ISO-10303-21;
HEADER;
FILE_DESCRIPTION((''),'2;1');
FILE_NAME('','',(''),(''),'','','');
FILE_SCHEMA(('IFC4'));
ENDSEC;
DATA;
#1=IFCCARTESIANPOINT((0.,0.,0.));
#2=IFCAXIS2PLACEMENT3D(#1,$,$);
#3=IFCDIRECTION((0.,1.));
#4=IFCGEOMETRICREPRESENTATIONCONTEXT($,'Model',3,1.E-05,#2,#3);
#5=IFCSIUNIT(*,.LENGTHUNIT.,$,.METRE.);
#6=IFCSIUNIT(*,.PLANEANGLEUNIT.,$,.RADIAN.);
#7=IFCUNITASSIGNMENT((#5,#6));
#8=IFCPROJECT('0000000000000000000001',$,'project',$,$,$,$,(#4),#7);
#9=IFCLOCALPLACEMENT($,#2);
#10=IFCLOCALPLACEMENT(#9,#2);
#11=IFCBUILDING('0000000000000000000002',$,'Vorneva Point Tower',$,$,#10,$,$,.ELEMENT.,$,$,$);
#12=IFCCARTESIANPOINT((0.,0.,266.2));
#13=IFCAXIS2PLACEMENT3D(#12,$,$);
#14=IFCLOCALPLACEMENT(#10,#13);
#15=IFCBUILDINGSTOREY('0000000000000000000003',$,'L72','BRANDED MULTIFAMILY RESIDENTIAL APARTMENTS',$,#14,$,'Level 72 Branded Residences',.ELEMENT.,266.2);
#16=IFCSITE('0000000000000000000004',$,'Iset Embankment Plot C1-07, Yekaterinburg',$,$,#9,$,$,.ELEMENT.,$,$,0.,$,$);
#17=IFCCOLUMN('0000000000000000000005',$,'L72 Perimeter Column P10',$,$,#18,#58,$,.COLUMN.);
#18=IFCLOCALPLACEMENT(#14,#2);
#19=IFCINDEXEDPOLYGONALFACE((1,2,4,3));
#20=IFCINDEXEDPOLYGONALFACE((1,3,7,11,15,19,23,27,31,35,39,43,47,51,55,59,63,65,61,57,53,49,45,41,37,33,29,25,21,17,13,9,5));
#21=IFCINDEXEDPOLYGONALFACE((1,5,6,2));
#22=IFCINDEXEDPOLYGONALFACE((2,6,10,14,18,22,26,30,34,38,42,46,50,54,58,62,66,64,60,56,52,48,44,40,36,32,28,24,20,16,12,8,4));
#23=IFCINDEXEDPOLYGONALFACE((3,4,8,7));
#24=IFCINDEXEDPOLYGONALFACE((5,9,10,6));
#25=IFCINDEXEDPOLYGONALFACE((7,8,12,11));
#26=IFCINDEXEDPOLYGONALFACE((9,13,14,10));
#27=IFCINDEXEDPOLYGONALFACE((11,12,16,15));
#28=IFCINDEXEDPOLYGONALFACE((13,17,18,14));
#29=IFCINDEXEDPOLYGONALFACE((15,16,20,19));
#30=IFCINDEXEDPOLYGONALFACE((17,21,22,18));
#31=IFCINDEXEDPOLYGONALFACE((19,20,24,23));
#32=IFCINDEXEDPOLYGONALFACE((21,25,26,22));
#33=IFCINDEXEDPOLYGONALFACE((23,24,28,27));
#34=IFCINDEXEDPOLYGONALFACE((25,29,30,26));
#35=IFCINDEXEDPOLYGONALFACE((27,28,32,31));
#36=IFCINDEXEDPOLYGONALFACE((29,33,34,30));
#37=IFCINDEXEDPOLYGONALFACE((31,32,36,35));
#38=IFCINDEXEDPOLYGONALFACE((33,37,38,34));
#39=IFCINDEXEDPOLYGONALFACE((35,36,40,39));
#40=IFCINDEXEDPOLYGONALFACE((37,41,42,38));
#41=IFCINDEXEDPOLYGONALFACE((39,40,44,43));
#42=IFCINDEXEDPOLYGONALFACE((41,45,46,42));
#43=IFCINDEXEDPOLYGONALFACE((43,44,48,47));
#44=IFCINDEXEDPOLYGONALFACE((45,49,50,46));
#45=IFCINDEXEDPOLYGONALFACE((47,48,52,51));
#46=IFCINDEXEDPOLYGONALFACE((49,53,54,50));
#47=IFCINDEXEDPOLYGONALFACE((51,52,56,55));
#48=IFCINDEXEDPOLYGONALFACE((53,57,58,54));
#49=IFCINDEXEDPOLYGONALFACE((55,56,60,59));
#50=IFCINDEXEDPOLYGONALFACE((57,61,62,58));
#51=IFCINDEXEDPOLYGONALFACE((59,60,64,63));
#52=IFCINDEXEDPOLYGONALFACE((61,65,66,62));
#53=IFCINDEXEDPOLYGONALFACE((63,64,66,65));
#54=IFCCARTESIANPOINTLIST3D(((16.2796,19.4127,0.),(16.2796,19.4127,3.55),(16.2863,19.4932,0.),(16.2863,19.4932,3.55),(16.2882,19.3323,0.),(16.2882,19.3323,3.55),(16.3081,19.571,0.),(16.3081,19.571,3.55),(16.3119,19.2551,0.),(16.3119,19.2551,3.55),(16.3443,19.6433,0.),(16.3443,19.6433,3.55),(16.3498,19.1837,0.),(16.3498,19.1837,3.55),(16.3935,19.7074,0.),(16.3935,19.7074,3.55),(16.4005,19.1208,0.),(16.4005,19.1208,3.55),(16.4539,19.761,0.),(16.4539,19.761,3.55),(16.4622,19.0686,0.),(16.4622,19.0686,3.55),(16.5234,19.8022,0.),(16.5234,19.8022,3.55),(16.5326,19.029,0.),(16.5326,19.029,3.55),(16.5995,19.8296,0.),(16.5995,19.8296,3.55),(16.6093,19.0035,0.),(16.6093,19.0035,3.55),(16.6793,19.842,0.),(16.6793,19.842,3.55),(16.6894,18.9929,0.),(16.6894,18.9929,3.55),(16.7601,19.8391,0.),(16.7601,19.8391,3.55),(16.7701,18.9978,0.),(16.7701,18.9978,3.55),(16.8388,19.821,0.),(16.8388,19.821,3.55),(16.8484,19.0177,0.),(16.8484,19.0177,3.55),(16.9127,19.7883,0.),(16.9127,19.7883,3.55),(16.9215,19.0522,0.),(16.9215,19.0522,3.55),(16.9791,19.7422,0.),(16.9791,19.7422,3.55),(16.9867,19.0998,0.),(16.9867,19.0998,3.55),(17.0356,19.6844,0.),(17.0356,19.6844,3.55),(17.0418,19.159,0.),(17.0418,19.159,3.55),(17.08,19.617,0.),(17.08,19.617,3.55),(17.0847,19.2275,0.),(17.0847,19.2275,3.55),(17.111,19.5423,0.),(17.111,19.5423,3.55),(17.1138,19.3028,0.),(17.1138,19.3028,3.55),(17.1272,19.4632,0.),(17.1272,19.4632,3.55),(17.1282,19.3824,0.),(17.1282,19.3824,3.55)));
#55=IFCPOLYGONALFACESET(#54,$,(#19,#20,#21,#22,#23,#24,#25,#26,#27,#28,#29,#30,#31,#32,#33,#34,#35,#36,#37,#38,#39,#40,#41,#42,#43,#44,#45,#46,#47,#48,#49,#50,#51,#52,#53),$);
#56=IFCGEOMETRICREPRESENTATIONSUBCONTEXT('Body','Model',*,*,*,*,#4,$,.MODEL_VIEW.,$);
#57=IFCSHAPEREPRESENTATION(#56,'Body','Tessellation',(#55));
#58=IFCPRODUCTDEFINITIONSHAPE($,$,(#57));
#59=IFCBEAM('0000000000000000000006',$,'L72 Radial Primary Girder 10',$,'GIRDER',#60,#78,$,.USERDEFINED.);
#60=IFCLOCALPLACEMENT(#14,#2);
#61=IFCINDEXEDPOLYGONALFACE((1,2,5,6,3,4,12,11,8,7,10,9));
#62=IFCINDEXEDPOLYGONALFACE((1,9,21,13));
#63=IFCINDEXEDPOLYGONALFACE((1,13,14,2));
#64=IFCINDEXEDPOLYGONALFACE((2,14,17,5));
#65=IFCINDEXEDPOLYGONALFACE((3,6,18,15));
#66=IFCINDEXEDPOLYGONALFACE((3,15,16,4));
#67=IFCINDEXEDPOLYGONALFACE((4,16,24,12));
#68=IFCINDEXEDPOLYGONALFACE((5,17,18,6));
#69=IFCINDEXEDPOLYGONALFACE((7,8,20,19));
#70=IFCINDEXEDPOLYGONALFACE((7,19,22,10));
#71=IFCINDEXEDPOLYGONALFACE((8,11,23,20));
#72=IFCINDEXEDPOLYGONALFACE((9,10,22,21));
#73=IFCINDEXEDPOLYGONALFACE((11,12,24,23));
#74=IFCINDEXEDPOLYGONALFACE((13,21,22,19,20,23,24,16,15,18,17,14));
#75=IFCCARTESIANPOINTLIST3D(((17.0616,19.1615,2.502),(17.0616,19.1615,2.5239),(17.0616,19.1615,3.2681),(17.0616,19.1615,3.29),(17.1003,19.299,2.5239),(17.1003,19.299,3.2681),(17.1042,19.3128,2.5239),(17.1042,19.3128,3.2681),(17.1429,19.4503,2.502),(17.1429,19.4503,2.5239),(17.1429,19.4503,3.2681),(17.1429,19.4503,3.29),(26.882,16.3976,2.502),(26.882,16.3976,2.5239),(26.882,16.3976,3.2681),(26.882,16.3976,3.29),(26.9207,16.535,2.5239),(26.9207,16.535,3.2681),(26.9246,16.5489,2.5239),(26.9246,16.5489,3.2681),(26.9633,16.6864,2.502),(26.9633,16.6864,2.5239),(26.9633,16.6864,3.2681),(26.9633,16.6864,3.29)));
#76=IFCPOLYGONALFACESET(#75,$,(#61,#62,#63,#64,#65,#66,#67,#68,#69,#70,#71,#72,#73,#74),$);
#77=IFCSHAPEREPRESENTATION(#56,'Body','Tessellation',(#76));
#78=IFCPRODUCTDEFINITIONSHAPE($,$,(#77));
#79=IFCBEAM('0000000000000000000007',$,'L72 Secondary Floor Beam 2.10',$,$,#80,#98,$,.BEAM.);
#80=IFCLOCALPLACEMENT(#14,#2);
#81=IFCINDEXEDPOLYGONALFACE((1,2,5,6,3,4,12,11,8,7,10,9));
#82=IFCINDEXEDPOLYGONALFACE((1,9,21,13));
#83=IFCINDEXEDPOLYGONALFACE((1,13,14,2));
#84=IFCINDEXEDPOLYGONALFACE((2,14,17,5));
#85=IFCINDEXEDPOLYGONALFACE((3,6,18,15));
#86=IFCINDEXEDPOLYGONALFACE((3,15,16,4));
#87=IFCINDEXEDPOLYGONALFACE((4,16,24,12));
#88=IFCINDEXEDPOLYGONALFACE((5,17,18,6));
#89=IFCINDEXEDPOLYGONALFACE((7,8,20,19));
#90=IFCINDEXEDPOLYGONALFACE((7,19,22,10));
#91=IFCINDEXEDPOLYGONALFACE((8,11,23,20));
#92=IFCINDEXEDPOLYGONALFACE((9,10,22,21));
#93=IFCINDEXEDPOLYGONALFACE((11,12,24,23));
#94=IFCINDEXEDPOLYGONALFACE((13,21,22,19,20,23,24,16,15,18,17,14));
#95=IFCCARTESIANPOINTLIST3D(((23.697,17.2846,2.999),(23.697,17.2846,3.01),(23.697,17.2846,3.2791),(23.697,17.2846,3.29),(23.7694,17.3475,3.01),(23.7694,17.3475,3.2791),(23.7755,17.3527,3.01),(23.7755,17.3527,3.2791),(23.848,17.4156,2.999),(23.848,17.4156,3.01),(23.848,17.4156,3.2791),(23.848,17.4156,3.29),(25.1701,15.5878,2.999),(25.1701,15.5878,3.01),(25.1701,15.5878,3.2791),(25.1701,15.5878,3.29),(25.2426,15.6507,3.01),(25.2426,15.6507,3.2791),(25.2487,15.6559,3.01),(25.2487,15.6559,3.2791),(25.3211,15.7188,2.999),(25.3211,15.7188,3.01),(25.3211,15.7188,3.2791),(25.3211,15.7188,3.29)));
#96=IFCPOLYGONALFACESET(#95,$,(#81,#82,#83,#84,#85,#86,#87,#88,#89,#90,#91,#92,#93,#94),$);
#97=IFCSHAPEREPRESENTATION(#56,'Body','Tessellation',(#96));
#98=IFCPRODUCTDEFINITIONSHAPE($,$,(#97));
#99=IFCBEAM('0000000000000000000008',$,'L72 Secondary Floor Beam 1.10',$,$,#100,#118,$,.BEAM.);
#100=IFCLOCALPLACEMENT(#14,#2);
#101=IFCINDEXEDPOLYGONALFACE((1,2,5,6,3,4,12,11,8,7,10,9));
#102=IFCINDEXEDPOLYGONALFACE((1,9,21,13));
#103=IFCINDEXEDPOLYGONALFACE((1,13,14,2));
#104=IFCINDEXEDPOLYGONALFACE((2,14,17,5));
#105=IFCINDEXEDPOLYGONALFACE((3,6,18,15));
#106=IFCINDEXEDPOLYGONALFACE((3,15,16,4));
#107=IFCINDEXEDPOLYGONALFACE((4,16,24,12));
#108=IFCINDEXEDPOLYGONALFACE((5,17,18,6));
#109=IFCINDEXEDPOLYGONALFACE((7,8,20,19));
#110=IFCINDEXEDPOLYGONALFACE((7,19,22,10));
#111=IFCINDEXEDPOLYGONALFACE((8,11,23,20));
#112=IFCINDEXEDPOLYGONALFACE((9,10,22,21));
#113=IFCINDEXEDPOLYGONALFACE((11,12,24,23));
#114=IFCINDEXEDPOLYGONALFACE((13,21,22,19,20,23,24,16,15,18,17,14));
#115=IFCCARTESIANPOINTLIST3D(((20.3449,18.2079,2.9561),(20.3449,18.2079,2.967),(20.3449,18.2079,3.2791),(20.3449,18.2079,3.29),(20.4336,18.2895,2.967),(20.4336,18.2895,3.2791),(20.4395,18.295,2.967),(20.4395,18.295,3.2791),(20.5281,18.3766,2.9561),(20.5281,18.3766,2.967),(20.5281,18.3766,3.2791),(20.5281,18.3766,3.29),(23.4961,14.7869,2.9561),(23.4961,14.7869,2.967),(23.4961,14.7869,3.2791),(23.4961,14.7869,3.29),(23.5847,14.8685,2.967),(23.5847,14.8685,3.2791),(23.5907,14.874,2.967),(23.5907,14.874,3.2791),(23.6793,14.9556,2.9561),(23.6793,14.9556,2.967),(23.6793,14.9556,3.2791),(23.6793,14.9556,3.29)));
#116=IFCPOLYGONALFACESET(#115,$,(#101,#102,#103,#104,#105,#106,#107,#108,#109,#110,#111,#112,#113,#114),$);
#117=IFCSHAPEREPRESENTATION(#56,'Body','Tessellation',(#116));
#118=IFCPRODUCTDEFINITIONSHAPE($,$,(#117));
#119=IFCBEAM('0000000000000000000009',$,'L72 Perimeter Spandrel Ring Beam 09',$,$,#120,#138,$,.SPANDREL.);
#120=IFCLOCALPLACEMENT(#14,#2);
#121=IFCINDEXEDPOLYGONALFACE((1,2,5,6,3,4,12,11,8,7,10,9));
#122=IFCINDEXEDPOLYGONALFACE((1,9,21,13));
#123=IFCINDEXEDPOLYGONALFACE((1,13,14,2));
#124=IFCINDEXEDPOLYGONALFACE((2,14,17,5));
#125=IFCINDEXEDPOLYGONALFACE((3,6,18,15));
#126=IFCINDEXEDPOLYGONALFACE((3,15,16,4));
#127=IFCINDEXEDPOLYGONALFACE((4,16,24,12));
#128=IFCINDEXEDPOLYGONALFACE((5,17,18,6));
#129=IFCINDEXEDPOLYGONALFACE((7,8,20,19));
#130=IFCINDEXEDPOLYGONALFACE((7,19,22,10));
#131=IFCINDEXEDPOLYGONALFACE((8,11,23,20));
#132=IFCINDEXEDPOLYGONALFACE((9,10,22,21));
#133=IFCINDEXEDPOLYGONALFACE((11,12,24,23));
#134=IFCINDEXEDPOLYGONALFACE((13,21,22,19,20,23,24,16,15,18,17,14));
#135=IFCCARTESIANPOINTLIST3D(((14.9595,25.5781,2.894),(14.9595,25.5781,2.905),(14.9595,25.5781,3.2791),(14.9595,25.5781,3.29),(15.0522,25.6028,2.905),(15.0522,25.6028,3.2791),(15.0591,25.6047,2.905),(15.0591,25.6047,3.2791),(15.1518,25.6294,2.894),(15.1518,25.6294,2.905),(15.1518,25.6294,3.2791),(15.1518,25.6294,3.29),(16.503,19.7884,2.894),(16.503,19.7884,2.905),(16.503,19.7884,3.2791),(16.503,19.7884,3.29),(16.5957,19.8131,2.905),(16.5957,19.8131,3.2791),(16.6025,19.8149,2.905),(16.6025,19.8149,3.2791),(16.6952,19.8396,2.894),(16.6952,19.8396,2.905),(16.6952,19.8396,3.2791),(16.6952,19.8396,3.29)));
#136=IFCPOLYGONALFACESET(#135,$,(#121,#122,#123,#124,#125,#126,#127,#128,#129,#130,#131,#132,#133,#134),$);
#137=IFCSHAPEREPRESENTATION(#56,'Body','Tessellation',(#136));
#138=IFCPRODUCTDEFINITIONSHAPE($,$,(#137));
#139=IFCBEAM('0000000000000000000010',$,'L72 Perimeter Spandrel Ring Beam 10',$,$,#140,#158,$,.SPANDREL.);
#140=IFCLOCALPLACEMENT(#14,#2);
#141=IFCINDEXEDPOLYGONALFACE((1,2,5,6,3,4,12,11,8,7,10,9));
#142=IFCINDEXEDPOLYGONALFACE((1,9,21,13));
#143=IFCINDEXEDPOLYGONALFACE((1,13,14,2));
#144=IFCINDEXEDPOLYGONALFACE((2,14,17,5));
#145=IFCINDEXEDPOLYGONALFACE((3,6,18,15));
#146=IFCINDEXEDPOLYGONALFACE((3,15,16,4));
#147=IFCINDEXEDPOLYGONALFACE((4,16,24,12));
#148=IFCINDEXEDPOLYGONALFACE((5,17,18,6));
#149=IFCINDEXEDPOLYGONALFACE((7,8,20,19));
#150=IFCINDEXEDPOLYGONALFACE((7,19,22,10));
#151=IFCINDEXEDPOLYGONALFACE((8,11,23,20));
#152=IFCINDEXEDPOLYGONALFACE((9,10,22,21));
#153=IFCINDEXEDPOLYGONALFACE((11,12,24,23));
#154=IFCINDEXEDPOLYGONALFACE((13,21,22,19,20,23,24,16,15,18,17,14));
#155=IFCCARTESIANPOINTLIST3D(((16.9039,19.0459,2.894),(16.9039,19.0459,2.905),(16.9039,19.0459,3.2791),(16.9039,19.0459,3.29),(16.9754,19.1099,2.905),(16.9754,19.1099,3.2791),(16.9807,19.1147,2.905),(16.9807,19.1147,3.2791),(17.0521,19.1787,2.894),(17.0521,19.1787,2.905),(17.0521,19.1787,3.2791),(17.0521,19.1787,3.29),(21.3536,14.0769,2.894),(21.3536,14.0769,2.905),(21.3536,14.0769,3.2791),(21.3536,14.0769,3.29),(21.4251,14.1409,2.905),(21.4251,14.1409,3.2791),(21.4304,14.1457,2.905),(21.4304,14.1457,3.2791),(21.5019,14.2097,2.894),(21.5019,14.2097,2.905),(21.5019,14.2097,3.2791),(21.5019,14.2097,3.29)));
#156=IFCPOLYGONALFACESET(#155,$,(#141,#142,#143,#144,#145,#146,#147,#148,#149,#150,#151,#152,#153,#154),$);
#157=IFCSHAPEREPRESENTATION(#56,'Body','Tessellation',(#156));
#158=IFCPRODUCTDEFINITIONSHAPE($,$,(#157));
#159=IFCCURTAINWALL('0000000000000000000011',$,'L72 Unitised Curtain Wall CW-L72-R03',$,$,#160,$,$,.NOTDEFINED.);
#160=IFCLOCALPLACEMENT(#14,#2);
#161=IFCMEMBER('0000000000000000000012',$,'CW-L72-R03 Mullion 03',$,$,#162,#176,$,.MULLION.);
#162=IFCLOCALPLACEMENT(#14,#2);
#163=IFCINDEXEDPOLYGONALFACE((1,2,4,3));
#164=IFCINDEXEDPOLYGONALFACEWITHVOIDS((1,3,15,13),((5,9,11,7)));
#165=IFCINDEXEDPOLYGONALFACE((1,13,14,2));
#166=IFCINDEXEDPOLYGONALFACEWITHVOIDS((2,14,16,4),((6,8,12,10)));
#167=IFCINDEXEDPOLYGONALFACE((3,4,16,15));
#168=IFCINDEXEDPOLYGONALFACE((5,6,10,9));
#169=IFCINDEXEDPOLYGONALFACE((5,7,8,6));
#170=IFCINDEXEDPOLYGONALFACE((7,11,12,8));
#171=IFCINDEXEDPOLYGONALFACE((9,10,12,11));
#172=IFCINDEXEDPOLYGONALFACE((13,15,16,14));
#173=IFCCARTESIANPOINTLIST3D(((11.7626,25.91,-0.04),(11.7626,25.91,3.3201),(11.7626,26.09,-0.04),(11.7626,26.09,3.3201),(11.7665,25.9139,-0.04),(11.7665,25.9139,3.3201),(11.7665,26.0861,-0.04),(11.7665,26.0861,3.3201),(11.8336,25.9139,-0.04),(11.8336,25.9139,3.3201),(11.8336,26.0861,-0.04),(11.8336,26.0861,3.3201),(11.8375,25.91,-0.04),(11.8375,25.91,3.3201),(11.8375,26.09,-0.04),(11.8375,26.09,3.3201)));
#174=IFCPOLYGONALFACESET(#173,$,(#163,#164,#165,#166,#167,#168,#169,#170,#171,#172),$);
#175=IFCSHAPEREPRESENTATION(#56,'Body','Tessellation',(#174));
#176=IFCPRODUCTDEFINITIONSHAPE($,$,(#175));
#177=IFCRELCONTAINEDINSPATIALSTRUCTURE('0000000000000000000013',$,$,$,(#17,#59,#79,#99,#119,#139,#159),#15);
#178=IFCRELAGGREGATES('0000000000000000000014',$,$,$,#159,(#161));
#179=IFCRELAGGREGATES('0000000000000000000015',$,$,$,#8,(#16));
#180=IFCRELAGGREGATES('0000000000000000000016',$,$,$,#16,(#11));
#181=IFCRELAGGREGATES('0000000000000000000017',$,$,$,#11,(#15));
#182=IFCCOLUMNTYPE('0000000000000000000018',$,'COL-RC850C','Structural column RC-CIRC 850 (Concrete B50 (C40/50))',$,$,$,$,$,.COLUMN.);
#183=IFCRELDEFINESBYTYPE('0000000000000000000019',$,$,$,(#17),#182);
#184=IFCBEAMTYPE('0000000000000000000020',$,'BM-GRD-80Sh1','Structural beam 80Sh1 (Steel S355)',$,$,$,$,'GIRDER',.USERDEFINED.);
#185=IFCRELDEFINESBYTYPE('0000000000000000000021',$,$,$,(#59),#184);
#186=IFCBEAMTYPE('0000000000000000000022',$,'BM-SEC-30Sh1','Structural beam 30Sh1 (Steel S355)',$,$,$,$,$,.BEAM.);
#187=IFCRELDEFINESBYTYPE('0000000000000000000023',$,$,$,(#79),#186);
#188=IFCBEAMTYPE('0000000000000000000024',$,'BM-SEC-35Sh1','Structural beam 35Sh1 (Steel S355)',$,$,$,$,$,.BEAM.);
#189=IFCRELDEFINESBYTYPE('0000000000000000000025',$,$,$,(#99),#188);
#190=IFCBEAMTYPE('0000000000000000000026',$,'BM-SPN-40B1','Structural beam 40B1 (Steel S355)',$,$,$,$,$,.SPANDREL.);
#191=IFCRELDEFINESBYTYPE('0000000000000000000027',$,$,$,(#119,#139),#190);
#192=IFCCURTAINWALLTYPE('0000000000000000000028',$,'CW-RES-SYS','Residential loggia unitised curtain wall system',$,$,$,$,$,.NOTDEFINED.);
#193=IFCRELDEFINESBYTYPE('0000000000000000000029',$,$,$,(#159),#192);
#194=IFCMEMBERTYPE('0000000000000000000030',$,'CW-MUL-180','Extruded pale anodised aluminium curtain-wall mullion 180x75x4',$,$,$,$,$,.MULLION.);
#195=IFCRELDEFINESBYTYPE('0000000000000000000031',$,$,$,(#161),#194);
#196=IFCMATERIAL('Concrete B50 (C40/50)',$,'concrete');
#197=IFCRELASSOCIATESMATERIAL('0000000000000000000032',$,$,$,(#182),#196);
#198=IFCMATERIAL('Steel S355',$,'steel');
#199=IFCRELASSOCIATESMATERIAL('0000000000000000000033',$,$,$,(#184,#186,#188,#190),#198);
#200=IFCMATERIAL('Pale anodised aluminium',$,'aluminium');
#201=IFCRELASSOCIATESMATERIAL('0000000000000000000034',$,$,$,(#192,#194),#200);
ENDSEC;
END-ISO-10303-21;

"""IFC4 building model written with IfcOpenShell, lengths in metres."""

from ifc_helpers import new_model, si_unit, direction, frame, origin, origin_2d, place, context, subcontext, project, spatial, hollow_rectangle, circle, i_section, extrude, material, material_profile, profile_set, type_object, element, aggregate, save


model = new_model("IFC4")

# Units and contexts
model_context = context("Model", 3, precision=1e-05, world=origin(), true_north=direction((0.0, 1.0)))
body_context = subcontext(model_context, "Body", "Model", "MODEL_VIEW")
ifc_project = project(units=[si_unit("LENGTHUNIT", "METRE"), si_unit("PLANEANGLEUNIT", "RADIAN")], contexts=[model_context])

# Site, building, storey
site_placement = place(None, origin())
site = spatial("IfcSite", under=ifc_project, at=site_placement, Name="Iset Embankment Plot C1-07, Yekaterinburg", CompositionType="ELEMENT", RefElevation=0.0)
building_placement = place(site_placement, origin())
building = spatial("IfcBuilding", under=site, at=building_placement, Name="Vorneva Point Tower", CompositionType="ELEMENT")
storey_placement = place(building_placement, frame((0.0, 0.0, 266.2)))
storey = spatial("IfcBuildingStorey", under=building, at=storey_placement, Name="L72", Description="BRANDED MULTIFAMILY RESIDENTIAL APARTMENTS", LongName="Level 72 Branded Residences", CompositionType="ELEMENT", Elevation=266.2)

# Column
ifc_material_1 = material(Name="Concrete B50 (C40/50)", Category="concrete")
ifc_material_profile_1 = material_profile(ifc_material_1, circle(Radius=0.425, at=origin_2d()), Name="RC-CIRC 850")
ifc_profile_set_1 = profile_set([ifc_material_profile_1], Name="Concrete B50 (C40/50)")
column_type = type_object("IfcColumnType", Name="COL-RC850C", Description="Structural column RC-CIRC 850 (Concrete B50 (C40/50))", PredefinedType="COLUMN", material=ifc_profile_set_1)
column_placement = place(storey_placement, frame((16.7046, 19.4177, 0.0), z_axis=(0.0, 0.0, 1.0), x_axis=(-0.92388, -0.382683, 0.0)))
element("IfcColumn", 1, at=column_placement, inside=storey, type_object=column_type, Name="L72 Perimeter Column P10", PredefinedType="COLUMN", context=body_context, shape_type="SweptSolid", body=[
    extrude(circle(Radius=0.425, at=origin_2d()), origin(), (0.0, 0.0, 1.0), 3.55),
])

# Beams
ifc_material_2 = material(Name="Steel S355", Category="steel")
ifc_material_profile_2 = material_profile(ifc_material_2, i_section(OverallWidth=0.3, OverallDepth=0.7881, WebThickness=0.0144, FlangeThickness=0.022, at=origin_2d()), Name="80Sh1")
ifc_profile_set_2 = profile_set([ifc_material_profile_2], Name="Steel S355")
beam_type_1 = type_object("IfcBeamType", Name="BM-GRD-80Sh1", Description="Structural beam 80Sh1 (Steel S355)", ElementType="GIRDER", PredefinedType="USERDEFINED", material=ifc_profile_set_2)
beam_1_placement = place(storey_placement, frame((17.1023, 19.3059, 2.896), z_axis=(0.962601, -0.270923, 0.0), x_axis=(0.270923, 0.962601, 0.0)))
element("IfcBeam", 2, at=beam_1_placement, inside=storey, type_object=beam_type_1, Name="L72 Radial Primary Girder 10", ObjectType="GIRDER", PredefinedType="USERDEFINED", context=body_context, shape_type="SweptSolid", body=[
    extrude(i_section(OverallWidth=0.3, OverallDepth=0.7881, WebThickness=0.0144, FlangeThickness=0.022, at=origin_2d()), origin(), (0.0, 0.0, 1.0), 10.2019),
])
ifc_material_profile_3 = material_profile(ifc_material_2, i_section(OverallWidth=0.2, OverallDepth=0.291, WebThickness=0.0081, FlangeThickness=0.011, at=origin_2d()), Name="30Sh1")
ifc_profile_set_3 = profile_set([ifc_material_profile_3], Name="Steel S355")
beam_type_2 = type_object("IfcBeamType", Name="BM-SEC-30Sh1", Description="Structural beam 30Sh1 (Steel S355)", PredefinedType="BEAM", material=ifc_profile_set_3)
beam_2_placement = place(storey_placement, frame((23.7725, 17.3501, 3.1445), z_axis=(0.655592, -0.755115, 0.0), x_axis=(0.755115, 0.655592, 0.0)))
element("IfcBeam", 3, at=beam_2_placement, inside=storey, type_object=beam_type_2, Name="L72 Secondary Floor Beam 2.10", PredefinedType="BEAM", context=body_context, shape_type="SweptSolid", body=[
    extrude(i_section(OverallWidth=0.2, OverallDepth=0.291, WebThickness=0.0081, FlangeThickness=0.011, at=origin_2d()), origin(), (0.0, 0.0, 1.0), 2.2471),
])
ifc_material_profile_4 = material_profile(ifc_material_2, i_section(OverallWidth=0.249, OverallDepth=0.334, WebThickness=0.0081, FlangeThickness=0.011, at=origin_2d()), Name="35Sh1")
ifc_profile_set_4 = profile_set([ifc_material_profile_4], Name="Steel S355")
beam_type_3 = type_object("IfcBeamType", Name="BM-SEC-35Sh1", Description="Structural beam 35Sh1 (Steel S355)", PredefinedType="BEAM", material=ifc_profile_set_4)
beam_3_placement = place(storey_placement, frame((20.4365, 18.2922, 3.123), z_axis=(0.67751, -0.735513, 0.0), x_axis=(0.735513, 0.67751, 0.0)))
element("IfcBeam", 4, at=beam_3_placement, inside=storey, type_object=beam_type_3, Name="L72 Secondary Floor Beam 1.10", PredefinedType="BEAM", context=body_context, shape_type="SweptSolid", body=[
    extrude(i_section(OverallWidth=0.249, OverallDepth=0.334, WebThickness=0.0081, FlangeThickness=0.011, at=origin_2d()), origin(), (0.0, 0.0, 1.0), 4.6511),
])
ifc_material_profile_5 = material_profile(ifc_material_2, i_section(OverallWidth=0.199, OverallDepth=0.396, WebThickness=0.0071, FlangeThickness=0.011, at=origin_2d()), Name="40B1")
ifc_profile_set_5 = profile_set([ifc_material_profile_5], Name="Steel S355")
beam_type_4 = type_object("IfcBeamType", Name="BM-SPN-40B1", Description="Structural beam 40B1 (Steel S355)", PredefinedType="SPANDREL", material=ifc_profile_set_5)
beam_4_placement = place(storey_placement, frame((15.0557, 25.6038, 3.092), z_axis=(0.257587, -0.966255, 0.0), x_axis=(0.966255, 0.257587, 0.0)))
element("IfcBeam", 5, at=beam_4_placement, inside=storey, type_object=beam_type_4, Name="L72 Perimeter Spandrel Ring Beam 09", PredefinedType="SPANDREL", context=body_context, shape_type="SweptSolid", body=[
    extrude(i_section(OverallWidth=0.199, OverallDepth=0.396, WebThickness=0.0071, FlangeThickness=0.011, at=origin_2d()), origin(), (0.0, 0.0, 1.0), 5.9919),
])
beam_5_placement = place(storey_placement, frame((16.978, 19.1123, 3.092), z_axis=(0.667108, -0.744961, 0.0), x_axis=(0.744961, 0.667108, 0.0)))
element("IfcBeam", 6, at=beam_5_placement, inside=storey, type_object=beam_type_4, Name="L72 Perimeter Spandrel Ring Beam 10", PredefinedType="SPANDREL", context=body_context, shape_type="SweptSolid", body=[
    extrude(i_section(OverallWidth=0.199, OverallDepth=0.396, WebThickness=0.0071, FlangeThickness=0.011, at=origin_2d()), origin(), (0.0, 0.0, 1.0), 6.6702),
])

# Curtain wall, member
ifc_material_3 = material(Name="Pale anodised aluminium", Category="aluminium")
curtain_wall_type = type_object("IfcCurtainWallType", Name="CW-RES-SYS", Description="Residential loggia unitised curtain wall system", PredefinedType="NOTDEFINED", material=ifc_material_3)
curtain_wall_placement = place(storey_placement, origin())
curtain_wall = element("IfcCurtainWall", 7, at=curtain_wall_placement, inside=storey, type_object=curtain_wall_type, Name="L72 Unitised Curtain Wall CW-L72-R03", PredefinedType="NOTDEFINED")
ifc_material_profile_6 = material_profile(ifc_material_3, hollow_rectangle(XDim=0.075, YDim=0.1799, WallThickness=0.0039, at=origin_2d()), Name="AL-MUL 180x75x4")
ifc_profile_set_6 = profile_set([ifc_material_profile_6], Name="Pale anodised aluminium")
member_type_1 = type_object("IfcMemberType", Name="CW-MUL-180", Description="Extruded pale anodised aluminium curtain-wall mullion 180x75x4", PredefinedType="MULLION", material=ifc_profile_set_6)
member_1_placement = place(storey_placement, frame((11.8, 26.0, -0.04), z_axis=(0.0, 0.0, 1.0), x_axis=(1.0, 0.0, 0.0)))
member_1 = element("IfcMember", 8, at=member_1_placement, type_object=member_type_1, Name="CW-L72-R03 Mullion 03", PredefinedType="MULLION", context=body_context, shape_type="SweptSolid", body=[
    extrude(hollow_rectangle(XDim=0.075, YDim=0.1799, WallThickness=0.0039, at=origin_2d()), origin(), (0.0, 0.0, 1.0), 3.3601),
])
aggregate(curtain_wall, [member_1])

save(model, "model.ifc")
